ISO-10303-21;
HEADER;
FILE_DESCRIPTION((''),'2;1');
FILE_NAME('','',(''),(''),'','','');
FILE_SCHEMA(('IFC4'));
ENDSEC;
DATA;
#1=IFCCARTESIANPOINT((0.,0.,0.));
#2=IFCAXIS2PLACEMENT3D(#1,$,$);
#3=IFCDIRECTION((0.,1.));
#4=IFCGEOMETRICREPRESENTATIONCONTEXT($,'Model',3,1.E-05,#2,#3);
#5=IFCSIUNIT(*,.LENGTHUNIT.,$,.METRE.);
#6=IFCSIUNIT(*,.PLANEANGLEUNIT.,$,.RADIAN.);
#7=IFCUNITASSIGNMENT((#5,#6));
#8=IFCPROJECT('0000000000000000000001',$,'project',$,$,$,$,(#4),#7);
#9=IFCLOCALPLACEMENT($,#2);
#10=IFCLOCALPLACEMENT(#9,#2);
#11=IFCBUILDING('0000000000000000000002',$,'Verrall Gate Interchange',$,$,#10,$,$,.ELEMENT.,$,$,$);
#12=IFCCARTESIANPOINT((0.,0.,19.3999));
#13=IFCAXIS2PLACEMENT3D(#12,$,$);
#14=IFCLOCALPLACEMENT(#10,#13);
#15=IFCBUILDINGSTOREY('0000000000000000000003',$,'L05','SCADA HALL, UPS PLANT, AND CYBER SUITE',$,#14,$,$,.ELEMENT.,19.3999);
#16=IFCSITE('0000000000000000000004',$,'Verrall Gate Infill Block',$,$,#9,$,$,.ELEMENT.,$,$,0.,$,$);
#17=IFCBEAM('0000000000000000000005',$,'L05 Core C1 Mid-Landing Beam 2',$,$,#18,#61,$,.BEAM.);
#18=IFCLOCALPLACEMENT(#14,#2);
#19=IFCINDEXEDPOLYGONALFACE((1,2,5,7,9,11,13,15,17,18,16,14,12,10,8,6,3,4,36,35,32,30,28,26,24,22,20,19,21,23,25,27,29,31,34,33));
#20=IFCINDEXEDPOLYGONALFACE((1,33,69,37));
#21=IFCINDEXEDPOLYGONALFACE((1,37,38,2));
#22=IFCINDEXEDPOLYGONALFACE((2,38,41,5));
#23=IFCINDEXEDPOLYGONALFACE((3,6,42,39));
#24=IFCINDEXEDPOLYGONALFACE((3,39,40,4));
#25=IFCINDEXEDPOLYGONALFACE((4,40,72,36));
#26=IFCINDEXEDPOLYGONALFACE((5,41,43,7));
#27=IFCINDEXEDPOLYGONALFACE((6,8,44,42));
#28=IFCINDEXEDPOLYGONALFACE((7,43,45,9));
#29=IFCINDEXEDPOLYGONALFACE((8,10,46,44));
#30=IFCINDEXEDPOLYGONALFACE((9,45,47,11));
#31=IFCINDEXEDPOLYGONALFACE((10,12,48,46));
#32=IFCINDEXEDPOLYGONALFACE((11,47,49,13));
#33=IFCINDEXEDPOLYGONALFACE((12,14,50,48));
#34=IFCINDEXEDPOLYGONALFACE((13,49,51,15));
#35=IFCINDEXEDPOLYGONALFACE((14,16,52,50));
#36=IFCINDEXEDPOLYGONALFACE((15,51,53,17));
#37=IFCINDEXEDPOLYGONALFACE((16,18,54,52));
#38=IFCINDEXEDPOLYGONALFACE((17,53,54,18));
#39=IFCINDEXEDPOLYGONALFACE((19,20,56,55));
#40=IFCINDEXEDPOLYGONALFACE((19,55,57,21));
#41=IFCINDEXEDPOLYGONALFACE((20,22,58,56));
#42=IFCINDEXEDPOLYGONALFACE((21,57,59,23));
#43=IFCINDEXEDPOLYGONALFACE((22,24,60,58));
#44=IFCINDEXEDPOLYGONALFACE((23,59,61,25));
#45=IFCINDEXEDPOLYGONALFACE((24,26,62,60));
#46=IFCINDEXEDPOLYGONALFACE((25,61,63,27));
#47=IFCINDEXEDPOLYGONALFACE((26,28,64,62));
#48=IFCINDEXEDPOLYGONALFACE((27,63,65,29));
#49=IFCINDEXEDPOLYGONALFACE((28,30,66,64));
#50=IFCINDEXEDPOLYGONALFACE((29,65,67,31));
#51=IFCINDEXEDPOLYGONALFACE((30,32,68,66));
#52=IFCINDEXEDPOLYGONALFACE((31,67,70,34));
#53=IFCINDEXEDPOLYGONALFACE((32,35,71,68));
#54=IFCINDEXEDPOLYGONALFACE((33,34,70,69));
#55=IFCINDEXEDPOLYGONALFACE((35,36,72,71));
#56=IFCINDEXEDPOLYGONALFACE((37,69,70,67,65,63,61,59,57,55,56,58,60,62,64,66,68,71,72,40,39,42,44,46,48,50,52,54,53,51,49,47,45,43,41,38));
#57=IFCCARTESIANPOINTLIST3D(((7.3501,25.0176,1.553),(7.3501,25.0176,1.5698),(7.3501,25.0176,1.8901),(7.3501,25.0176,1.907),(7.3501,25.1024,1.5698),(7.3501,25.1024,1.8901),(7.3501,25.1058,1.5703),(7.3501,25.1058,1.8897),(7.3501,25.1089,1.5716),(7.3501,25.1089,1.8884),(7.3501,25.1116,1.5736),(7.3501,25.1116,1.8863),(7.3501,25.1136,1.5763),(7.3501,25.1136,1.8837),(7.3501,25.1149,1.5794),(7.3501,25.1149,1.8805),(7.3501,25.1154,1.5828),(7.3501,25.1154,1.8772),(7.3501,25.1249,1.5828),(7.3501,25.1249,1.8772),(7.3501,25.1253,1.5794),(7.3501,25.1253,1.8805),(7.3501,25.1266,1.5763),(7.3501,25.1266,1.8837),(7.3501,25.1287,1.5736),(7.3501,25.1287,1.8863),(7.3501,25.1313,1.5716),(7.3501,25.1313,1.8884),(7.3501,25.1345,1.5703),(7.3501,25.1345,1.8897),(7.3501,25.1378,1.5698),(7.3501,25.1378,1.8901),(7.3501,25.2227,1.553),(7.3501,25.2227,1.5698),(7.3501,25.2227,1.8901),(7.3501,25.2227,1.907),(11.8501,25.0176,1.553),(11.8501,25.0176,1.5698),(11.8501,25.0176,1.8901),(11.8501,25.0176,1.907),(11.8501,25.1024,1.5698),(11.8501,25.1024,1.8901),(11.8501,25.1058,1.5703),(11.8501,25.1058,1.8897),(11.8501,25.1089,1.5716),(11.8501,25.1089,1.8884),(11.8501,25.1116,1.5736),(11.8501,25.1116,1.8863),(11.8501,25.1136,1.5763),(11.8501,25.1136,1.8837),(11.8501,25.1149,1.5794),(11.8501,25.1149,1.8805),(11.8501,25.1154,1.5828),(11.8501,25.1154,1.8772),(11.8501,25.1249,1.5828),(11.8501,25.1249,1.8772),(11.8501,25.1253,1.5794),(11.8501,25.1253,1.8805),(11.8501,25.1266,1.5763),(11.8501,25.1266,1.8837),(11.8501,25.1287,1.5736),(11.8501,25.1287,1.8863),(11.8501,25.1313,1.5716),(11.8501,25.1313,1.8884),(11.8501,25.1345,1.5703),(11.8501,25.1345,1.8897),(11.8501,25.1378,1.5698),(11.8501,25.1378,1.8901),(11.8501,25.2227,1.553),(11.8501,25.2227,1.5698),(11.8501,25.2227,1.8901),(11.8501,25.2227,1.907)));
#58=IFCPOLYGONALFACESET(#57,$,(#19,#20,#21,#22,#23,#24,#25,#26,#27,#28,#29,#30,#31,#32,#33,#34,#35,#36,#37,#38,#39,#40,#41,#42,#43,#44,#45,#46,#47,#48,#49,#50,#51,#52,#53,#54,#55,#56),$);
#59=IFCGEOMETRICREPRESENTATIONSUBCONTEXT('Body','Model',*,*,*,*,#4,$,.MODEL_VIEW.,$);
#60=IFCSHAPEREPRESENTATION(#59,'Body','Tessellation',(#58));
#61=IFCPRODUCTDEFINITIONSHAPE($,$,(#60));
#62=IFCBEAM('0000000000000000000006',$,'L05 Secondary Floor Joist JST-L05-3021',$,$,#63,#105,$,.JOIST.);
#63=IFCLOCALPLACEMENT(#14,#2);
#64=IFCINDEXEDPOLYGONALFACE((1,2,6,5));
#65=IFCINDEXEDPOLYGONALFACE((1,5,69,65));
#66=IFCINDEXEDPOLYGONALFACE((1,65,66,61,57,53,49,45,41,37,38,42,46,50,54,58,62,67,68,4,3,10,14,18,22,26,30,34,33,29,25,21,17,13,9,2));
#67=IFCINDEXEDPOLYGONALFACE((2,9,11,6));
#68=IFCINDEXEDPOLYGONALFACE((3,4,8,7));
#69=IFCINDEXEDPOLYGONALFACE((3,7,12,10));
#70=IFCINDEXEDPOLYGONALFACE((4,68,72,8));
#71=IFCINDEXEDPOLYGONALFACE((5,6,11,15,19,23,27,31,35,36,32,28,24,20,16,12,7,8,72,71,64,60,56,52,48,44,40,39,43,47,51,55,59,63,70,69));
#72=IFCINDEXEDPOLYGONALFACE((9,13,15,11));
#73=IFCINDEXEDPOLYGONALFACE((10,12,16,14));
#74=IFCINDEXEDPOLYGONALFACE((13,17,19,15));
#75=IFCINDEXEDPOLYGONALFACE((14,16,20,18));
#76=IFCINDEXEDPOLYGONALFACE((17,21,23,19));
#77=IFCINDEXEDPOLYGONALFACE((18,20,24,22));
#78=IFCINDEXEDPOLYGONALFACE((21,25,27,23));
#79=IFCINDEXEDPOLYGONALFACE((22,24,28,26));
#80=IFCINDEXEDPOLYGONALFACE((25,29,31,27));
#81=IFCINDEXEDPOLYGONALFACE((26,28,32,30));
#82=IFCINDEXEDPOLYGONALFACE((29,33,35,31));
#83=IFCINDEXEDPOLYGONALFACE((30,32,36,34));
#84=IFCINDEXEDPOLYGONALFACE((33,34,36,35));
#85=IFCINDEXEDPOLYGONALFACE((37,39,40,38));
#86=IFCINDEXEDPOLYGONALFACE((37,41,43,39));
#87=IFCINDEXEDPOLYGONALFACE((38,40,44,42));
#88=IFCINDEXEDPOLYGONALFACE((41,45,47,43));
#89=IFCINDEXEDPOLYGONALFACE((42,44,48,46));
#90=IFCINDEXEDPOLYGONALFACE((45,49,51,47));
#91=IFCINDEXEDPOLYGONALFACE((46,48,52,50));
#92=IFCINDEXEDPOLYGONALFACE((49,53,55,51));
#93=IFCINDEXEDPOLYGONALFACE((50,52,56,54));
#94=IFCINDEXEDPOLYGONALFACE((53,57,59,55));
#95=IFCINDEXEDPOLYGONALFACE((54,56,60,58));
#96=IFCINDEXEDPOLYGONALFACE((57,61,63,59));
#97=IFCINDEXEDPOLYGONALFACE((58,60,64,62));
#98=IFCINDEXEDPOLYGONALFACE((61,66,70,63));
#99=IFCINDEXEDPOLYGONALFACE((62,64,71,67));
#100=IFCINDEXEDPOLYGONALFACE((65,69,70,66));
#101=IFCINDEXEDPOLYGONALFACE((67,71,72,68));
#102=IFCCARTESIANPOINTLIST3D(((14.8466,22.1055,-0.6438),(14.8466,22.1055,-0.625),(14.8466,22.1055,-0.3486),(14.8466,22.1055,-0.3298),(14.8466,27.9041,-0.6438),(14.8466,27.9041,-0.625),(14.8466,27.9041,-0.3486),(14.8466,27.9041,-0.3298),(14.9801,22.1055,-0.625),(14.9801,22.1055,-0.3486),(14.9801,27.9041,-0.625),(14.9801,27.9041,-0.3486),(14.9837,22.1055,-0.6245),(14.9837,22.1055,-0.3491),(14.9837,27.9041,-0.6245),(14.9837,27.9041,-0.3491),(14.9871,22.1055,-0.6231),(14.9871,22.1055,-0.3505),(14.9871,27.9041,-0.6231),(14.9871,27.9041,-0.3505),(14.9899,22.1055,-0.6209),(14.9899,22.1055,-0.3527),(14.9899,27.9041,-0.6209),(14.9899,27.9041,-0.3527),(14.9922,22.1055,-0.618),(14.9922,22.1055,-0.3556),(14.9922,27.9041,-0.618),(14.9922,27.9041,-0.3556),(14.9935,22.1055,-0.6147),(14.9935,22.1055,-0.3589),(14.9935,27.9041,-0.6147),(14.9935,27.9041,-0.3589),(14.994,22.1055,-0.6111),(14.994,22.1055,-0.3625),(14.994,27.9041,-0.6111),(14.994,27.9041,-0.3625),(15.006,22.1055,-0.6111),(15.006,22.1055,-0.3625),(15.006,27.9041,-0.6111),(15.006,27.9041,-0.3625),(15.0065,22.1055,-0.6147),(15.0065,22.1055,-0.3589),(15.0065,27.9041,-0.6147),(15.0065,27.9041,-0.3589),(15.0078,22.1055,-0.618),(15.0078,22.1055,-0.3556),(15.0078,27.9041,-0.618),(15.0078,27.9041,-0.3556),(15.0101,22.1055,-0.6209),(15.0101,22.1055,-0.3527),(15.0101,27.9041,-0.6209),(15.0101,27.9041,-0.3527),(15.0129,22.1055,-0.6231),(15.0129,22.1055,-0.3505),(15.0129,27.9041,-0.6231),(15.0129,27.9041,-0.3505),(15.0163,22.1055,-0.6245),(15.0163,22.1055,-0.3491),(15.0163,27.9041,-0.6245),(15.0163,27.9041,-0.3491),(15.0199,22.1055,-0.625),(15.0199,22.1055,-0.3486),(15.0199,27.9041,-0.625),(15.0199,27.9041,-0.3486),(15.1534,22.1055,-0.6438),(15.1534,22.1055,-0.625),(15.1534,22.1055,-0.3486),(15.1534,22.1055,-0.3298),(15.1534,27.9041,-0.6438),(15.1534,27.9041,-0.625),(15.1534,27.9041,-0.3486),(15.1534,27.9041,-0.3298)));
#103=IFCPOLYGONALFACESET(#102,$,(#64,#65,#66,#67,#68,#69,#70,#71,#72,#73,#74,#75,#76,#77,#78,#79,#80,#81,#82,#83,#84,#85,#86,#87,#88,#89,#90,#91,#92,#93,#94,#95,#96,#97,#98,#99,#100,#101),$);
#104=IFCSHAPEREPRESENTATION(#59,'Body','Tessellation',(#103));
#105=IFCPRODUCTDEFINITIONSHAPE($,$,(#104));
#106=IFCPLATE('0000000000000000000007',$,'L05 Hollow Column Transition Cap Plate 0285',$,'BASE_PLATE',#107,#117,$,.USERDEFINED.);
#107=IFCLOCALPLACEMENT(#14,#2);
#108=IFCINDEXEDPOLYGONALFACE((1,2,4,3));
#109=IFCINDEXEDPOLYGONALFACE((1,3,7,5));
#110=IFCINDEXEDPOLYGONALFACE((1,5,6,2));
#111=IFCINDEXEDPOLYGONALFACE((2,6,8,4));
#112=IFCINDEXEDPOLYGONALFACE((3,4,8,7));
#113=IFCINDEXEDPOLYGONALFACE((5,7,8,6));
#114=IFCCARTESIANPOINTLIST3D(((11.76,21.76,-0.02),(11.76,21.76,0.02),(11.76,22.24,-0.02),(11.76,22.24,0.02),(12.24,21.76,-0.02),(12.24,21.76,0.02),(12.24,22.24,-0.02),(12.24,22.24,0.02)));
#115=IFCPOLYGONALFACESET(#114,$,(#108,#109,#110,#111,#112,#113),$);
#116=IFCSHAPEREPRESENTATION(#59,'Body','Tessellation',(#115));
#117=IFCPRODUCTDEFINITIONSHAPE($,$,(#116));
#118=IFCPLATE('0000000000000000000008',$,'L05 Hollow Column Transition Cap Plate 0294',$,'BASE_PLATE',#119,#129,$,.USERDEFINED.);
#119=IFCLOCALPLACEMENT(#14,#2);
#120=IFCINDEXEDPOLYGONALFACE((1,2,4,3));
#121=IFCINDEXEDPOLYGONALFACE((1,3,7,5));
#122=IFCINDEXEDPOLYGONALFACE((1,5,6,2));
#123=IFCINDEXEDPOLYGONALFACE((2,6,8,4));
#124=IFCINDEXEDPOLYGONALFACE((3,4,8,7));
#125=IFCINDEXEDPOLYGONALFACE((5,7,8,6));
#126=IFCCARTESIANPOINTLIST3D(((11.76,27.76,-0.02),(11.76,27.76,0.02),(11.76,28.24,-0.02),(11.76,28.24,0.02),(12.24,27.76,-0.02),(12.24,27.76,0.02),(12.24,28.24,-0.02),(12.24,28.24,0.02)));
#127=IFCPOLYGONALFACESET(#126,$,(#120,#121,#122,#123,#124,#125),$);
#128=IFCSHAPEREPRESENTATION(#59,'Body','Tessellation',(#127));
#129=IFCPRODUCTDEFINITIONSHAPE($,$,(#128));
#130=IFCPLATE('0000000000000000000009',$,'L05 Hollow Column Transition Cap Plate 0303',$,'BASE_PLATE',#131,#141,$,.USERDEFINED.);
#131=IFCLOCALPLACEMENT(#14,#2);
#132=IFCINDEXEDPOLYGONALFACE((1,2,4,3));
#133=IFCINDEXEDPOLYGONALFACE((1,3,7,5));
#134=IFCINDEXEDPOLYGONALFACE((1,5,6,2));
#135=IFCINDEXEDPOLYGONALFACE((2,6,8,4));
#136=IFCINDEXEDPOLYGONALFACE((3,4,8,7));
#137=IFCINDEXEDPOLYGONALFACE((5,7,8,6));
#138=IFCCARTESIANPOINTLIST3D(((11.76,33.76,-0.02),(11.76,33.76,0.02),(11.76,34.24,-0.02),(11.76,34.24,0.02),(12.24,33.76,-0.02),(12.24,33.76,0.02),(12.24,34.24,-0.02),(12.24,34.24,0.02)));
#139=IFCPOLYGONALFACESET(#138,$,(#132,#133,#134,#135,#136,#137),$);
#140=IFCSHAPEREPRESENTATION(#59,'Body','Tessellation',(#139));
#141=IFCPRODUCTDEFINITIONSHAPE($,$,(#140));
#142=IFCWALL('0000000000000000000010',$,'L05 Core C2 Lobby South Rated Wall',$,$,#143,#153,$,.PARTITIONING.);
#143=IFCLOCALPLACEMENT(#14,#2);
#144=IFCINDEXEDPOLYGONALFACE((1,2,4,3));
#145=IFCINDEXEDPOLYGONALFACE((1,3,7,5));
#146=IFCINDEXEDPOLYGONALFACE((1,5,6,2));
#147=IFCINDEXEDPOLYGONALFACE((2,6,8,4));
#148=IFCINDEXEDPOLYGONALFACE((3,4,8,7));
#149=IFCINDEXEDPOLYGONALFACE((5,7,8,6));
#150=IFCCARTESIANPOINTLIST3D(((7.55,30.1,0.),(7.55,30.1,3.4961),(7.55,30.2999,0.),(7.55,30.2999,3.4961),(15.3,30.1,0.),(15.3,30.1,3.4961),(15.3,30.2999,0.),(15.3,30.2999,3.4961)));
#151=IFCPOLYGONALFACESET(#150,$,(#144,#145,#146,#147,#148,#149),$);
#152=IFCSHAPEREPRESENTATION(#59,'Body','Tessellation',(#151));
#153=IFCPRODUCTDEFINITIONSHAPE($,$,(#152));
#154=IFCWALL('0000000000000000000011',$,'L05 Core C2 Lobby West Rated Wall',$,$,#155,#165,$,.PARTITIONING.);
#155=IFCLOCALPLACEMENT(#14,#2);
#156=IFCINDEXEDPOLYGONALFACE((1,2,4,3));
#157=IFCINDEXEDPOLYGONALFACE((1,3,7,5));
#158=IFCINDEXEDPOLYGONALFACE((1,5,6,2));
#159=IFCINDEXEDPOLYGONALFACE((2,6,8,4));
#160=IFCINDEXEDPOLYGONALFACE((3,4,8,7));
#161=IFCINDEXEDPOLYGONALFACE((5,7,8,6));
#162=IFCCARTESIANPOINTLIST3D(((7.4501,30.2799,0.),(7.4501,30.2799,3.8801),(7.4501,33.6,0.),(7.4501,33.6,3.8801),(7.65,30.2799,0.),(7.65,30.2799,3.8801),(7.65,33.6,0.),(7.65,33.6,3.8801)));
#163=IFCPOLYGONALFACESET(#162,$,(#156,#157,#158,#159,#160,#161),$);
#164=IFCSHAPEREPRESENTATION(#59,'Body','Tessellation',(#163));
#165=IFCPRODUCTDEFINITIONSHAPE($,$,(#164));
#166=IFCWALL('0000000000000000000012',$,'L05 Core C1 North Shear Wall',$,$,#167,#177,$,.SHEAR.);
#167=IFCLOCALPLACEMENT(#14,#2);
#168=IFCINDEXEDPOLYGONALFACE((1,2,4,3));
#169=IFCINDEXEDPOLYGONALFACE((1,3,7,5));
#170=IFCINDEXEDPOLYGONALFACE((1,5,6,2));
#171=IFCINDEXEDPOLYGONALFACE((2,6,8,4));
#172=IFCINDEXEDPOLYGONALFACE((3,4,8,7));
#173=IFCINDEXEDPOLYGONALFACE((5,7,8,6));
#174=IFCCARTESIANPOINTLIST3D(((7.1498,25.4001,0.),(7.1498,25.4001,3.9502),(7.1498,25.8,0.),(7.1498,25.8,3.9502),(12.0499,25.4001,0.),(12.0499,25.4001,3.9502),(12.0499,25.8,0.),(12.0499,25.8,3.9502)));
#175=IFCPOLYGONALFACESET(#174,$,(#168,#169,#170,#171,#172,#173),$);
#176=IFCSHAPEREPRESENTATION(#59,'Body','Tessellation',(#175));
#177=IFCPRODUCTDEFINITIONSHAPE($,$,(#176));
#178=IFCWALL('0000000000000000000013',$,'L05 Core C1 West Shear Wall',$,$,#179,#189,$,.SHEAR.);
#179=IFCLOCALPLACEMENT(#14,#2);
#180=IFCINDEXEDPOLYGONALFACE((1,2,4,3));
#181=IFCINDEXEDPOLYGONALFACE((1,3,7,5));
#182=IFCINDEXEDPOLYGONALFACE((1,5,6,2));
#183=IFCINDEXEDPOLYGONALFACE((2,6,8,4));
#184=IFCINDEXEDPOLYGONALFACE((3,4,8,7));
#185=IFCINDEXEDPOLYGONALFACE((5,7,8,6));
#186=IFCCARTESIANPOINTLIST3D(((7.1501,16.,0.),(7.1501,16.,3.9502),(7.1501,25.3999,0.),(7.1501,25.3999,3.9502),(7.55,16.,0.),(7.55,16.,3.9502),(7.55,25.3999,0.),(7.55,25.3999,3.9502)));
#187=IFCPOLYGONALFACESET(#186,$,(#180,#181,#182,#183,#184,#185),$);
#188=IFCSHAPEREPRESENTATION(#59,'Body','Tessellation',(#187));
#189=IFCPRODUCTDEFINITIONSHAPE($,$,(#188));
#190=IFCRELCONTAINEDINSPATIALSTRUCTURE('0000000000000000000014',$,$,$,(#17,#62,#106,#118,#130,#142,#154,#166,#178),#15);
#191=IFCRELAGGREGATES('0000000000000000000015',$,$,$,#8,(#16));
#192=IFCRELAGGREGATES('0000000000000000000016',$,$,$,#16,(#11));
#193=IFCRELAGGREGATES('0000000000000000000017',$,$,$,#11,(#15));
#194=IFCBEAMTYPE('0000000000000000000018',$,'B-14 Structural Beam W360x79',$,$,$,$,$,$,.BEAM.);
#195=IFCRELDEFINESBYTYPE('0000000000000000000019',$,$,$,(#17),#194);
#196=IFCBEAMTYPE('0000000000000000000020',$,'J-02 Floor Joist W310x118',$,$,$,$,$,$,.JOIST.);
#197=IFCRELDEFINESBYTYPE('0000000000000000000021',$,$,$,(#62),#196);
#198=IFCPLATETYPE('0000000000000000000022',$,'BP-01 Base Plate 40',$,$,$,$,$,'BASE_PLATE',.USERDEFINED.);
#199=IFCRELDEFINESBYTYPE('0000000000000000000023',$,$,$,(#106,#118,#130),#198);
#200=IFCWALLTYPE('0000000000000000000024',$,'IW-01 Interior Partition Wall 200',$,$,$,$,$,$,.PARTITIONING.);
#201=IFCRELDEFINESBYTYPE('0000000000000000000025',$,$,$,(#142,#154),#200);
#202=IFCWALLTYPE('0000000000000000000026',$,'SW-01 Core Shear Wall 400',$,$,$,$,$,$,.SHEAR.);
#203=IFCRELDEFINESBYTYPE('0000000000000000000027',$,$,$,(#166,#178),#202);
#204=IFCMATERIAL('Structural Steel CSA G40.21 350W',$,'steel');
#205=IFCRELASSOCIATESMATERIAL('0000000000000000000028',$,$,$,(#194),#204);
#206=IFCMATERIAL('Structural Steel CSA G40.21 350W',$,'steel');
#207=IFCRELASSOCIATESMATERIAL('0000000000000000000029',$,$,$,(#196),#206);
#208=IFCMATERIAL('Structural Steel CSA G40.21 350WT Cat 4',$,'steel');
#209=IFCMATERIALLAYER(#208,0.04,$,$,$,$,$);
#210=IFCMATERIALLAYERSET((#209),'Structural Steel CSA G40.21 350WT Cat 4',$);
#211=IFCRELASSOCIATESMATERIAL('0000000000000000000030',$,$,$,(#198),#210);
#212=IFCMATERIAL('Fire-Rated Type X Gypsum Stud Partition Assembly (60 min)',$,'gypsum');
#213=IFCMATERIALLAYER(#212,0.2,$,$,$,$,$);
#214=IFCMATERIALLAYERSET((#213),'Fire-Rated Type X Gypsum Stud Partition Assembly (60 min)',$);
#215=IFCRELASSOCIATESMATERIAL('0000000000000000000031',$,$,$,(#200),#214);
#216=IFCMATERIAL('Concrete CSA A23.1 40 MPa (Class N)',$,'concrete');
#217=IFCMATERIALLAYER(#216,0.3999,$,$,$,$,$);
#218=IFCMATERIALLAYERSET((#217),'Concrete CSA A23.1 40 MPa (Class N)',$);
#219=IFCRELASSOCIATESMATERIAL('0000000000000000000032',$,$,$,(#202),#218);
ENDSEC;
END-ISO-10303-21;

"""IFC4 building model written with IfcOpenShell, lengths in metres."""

from ifc_helpers import new_model, si_unit, direction, frame, frame_2d, origin, origin_2d, place, context, subcontext, project, spatial, rectangle, i_section, extrude, material, layer, layer_set, material_profile, profile_set, type_object, element, save


model = new_model("IFC4")

# Units and contexts
model_context = context("Model", 3, precision=1e-05, world=origin(), true_north=direction((0.0, 1.0)))
body_context = subcontext(model_context, "Body", "Model", "MODEL_VIEW")
ifc_project = project(units=[si_unit("LENGTHUNIT", "METRE"), si_unit("PLANEANGLEUNIT", "RADIAN")], contexts=[model_context])

# Site, building, storey
site_placement = place(None, origin())
site = spatial("IfcSite", under=ifc_project, at=site_placement, Name="Verrall Gate Infill Block", CompositionType="ELEMENT", RefElevation=0.0)
building_placement = place(site_placement, origin())
building = spatial("IfcBuilding", under=site, at=building_placement, Name="Verrall Gate Interchange", CompositionType="ELEMENT")
storey_placement = place(building_placement, frame((0.0, 0.0, 19.3999)))
storey = spatial("IfcBuildingStorey", under=building, at=storey_placement, Name="L05", Description="SCADA HALL, UPS PLANT, AND CYBER SUITE", CompositionType="ELEMENT", Elevation=19.3999)

# Beams
ifc_material_1 = material(Name="Structural Steel CSA G40.21 350W", Category="steel")
ifc_material_profile_1 = material_profile(ifc_material_1, i_section(OverallWidth=0.2051, OverallDepth=0.354, WebThickness=0.0095, FlangeThickness=0.0168, FilletRadius=0.0129, at=origin_2d()), Name="W360x79")
ifc_profile_set_1 = profile_set([ifc_material_profile_1], Name="Structural Steel CSA G40.21 350W")
beam_type_1 = type_object("IfcBeamType", Name="B-14 Structural Beam W360x79", PredefinedType="BEAM", material=ifc_profile_set_1)
beam_1_placement = place(storey_placement, frame((7.3501, 25.1201, 1.73), z_axis=(1.0, 0.0, 0.0), x_axis=(0.0, 1.0, 0.0)))
element("IfcBeam", 1, at=beam_1_placement, inside=storey, type_object=beam_type_1, Name="L05 Core C1 Mid-Landing Beam 2", PredefinedType="BEAM", context=body_context, shape_type="SweptSolid", body=[
    extrude(i_section(OverallWidth=0.2051, OverallDepth=0.354, WebThickness=0.0095, FlangeThickness=0.0168, FilletRadius=0.0129, at=origin_2d()), origin(), (0.0, 0.0, 1.0), 4.5),
])
ifc_material_2 = material(Name="Structural Steel CSA G40.21 350W", Category="steel")
ifc_material_profile_2 = material_profile(ifc_material_2, i_section(OverallWidth=0.3069, OverallDepth=0.314, WebThickness=0.012, FlangeThickness=0.0188, FilletRadius=0.0139, at=origin_2d()), Name="W310x118")
ifc_profile_set_2 = profile_set([ifc_material_profile_2], Name="Structural Steel CSA G40.21 350W")
beam_type_2 = type_object("IfcBeamType", Name="J-02 Floor Joist W310x118", PredefinedType="JOIST", material=ifc_profile_set_2)
beam_2_placement = place(storey_placement, frame((15.0, 22.1055, -0.4868), z_axis=(0.0, 1.0, 0.0), x_axis=(-1.0, 0.0, 0.0)))
element("IfcBeam", 2, at=beam_2_placement, inside=storey, type_object=beam_type_2, Name="L05 Secondary Floor Joist JST-L05-3021", PredefinedType="JOIST", context=body_context, shape_type="SweptSolid", body=[
    extrude(i_section(OverallWidth=0.3069, OverallDepth=0.314, WebThickness=0.012, FlangeThickness=0.0188, FilletRadius=0.0139, at=origin_2d()), origin(), (0.0, 0.0, 1.0), 5.7986),
])

# Plates
ifc_material_3 = material(Name="Structural Steel CSA G40.21 350WT Cat 4", Category="steel")
ifc_layer_1 = layer(ifc_material_3, 0.04)
ifc_layer_set_1 = layer_set([ifc_layer_1], Name="Structural Steel CSA G40.21 350WT Cat 4")
plate_type = type_object("IfcPlateType", Name="BP-01 Base Plate 40", ElementType="BASE_PLATE", PredefinedType="USERDEFINED", material=ifc_layer_set_1)
for number, where, z_axis, x_axis, name in (
    (3, (12.0, 22.0, -0.02), (0.0, 0.0, 1.0), (1.0, 0.0, 0.0), "L05 Hollow Column Transition Cap Plate 0285"),
    (4, (12.0, 28.0, -0.02), (0.0, 0.0, 1.0), (1.0, 0.0, 0.0), "L05 Hollow Column Transition Cap Plate 0294"),
    (5, (12.0, 34.0, -0.02), (0.0, 0.0, 1.0), (1.0, 0.0, 0.0), "L05 Hollow Column Transition Cap Plate 0303"),
):
    element("IfcPlate", number, at=place(storey_placement, frame(where, z_axis=z_axis, x_axis=x_axis)), inside=storey, type_object=plate_type, Name=name, ObjectType="BASE_PLATE", PredefinedType="USERDEFINED", context=body_context, shape_type="SweptSolid", body=[
        extrude(rectangle(XDim=0.48, YDim=0.48, at=origin_2d()), origin(), (0.0, 0.0, 1.0), 0.04),
    ])

# Walls
ifc_material_4 = material(Name="Fire-Rated Type X Gypsum Stud Partition Assembly (60 min)", Category="gypsum")
ifc_layer_2 = layer(ifc_material_4, 0.2)
ifc_layer_set_2 = layer_set([ifc_layer_2], Name="Fire-Rated Type X Gypsum Stud Partition Assembly (60 min)")
wall_type_1 = type_object("IfcWallType", Name="IW-01 Interior Partition Wall 200", PredefinedType="PARTITIONING", material=ifc_layer_set_2)
wall_1_placement = place(storey_placement, frame((7.55, 30.2, 0.0), z_axis=(0.0, 0.0, 1.0), x_axis=(1.0, 0.0, 0.0)))
element("IfcWall", 6, at=wall_1_placement, inside=storey, type_object=wall_type_1, Name="L05 Core C2 Lobby South Rated Wall", PredefinedType="PARTITIONING", context=body_context, shape_type="SweptSolid", body=[
    extrude(rectangle(XDim=7.75, YDim=0.2, at=frame_2d((3.875, 0.0))), origin(), (0.0, 0.0, 1.0), 3.4961),
])
wall_2_placement = place(storey_placement, frame((7.55, 33.6001, 0.0), z_axis=(0.0, 0.0, 1.0), x_axis=(0.0, -1.0, 0.0)))
element("IfcWall", 7, at=wall_2_placement, inside=storey, type_object=wall_type_1, Name="L05 Core C2 Lobby West Rated Wall", PredefinedType="PARTITIONING", context=body_context, shape_type="SweptSolid", body=[
    extrude(rectangle(XDim=3.3201, YDim=0.2, at=frame_2d((1.6602, 0.0))), origin(), (0.0, 0.0, 1.0), 3.8801),
])

# Walls
ifc_material_5 = material(Name="Concrete CSA A23.1 40 MPa (Class N)", Category="concrete")
ifc_layer_3 = layer(ifc_material_5, 0.3999)
ifc_layer_set_3 = layer_set([ifc_layer_3], Name="Concrete CSA A23.1 40 MPa (Class N)")
wall_type_2 = type_object("IfcWallType", Name="SW-01 Core Shear Wall 400", PredefinedType="SHEAR", material=ifc_layer_set_3)
wall_3_placement = place(storey_placement, frame((12.05, 25.6001, 0.0), z_axis=(0.0, 0.0, 1.0), x_axis=(-1.0, 0.0, 0.0)))
element("IfcWall", 8, at=wall_3_placement, inside=storey, type_object=wall_type_2, Name="L05 Core C1 North Shear Wall", PredefinedType="SHEAR", context=body_context, shape_type="SweptSolid", body=[
    extrude(rectangle(XDim=4.9001, YDim=0.3999, at=frame_2d((2.4502, 0.0))), origin(), (0.0, 0.0, 1.0), 3.9502),
])
wall_4_placement = place(storey_placement, frame((7.3501, 25.3999, 0.0), z_axis=(0.0, 0.0, 1.0), x_axis=(0.0, -1.0, 0.0)))
element("IfcWall", 9, at=wall_4_placement, inside=storey, type_object=wall_type_2, Name="L05 Core C1 West Shear Wall", PredefinedType="SHEAR", context=body_context, shape_type="SweptSolid", body=[
    extrude(rectangle(XDim=9.3999, YDim=0.3999, at=frame_2d((4.7, 0.0))), origin(), (0.0, 0.0, 1.0), 3.9502),
])

save(model, "model.ifc")
